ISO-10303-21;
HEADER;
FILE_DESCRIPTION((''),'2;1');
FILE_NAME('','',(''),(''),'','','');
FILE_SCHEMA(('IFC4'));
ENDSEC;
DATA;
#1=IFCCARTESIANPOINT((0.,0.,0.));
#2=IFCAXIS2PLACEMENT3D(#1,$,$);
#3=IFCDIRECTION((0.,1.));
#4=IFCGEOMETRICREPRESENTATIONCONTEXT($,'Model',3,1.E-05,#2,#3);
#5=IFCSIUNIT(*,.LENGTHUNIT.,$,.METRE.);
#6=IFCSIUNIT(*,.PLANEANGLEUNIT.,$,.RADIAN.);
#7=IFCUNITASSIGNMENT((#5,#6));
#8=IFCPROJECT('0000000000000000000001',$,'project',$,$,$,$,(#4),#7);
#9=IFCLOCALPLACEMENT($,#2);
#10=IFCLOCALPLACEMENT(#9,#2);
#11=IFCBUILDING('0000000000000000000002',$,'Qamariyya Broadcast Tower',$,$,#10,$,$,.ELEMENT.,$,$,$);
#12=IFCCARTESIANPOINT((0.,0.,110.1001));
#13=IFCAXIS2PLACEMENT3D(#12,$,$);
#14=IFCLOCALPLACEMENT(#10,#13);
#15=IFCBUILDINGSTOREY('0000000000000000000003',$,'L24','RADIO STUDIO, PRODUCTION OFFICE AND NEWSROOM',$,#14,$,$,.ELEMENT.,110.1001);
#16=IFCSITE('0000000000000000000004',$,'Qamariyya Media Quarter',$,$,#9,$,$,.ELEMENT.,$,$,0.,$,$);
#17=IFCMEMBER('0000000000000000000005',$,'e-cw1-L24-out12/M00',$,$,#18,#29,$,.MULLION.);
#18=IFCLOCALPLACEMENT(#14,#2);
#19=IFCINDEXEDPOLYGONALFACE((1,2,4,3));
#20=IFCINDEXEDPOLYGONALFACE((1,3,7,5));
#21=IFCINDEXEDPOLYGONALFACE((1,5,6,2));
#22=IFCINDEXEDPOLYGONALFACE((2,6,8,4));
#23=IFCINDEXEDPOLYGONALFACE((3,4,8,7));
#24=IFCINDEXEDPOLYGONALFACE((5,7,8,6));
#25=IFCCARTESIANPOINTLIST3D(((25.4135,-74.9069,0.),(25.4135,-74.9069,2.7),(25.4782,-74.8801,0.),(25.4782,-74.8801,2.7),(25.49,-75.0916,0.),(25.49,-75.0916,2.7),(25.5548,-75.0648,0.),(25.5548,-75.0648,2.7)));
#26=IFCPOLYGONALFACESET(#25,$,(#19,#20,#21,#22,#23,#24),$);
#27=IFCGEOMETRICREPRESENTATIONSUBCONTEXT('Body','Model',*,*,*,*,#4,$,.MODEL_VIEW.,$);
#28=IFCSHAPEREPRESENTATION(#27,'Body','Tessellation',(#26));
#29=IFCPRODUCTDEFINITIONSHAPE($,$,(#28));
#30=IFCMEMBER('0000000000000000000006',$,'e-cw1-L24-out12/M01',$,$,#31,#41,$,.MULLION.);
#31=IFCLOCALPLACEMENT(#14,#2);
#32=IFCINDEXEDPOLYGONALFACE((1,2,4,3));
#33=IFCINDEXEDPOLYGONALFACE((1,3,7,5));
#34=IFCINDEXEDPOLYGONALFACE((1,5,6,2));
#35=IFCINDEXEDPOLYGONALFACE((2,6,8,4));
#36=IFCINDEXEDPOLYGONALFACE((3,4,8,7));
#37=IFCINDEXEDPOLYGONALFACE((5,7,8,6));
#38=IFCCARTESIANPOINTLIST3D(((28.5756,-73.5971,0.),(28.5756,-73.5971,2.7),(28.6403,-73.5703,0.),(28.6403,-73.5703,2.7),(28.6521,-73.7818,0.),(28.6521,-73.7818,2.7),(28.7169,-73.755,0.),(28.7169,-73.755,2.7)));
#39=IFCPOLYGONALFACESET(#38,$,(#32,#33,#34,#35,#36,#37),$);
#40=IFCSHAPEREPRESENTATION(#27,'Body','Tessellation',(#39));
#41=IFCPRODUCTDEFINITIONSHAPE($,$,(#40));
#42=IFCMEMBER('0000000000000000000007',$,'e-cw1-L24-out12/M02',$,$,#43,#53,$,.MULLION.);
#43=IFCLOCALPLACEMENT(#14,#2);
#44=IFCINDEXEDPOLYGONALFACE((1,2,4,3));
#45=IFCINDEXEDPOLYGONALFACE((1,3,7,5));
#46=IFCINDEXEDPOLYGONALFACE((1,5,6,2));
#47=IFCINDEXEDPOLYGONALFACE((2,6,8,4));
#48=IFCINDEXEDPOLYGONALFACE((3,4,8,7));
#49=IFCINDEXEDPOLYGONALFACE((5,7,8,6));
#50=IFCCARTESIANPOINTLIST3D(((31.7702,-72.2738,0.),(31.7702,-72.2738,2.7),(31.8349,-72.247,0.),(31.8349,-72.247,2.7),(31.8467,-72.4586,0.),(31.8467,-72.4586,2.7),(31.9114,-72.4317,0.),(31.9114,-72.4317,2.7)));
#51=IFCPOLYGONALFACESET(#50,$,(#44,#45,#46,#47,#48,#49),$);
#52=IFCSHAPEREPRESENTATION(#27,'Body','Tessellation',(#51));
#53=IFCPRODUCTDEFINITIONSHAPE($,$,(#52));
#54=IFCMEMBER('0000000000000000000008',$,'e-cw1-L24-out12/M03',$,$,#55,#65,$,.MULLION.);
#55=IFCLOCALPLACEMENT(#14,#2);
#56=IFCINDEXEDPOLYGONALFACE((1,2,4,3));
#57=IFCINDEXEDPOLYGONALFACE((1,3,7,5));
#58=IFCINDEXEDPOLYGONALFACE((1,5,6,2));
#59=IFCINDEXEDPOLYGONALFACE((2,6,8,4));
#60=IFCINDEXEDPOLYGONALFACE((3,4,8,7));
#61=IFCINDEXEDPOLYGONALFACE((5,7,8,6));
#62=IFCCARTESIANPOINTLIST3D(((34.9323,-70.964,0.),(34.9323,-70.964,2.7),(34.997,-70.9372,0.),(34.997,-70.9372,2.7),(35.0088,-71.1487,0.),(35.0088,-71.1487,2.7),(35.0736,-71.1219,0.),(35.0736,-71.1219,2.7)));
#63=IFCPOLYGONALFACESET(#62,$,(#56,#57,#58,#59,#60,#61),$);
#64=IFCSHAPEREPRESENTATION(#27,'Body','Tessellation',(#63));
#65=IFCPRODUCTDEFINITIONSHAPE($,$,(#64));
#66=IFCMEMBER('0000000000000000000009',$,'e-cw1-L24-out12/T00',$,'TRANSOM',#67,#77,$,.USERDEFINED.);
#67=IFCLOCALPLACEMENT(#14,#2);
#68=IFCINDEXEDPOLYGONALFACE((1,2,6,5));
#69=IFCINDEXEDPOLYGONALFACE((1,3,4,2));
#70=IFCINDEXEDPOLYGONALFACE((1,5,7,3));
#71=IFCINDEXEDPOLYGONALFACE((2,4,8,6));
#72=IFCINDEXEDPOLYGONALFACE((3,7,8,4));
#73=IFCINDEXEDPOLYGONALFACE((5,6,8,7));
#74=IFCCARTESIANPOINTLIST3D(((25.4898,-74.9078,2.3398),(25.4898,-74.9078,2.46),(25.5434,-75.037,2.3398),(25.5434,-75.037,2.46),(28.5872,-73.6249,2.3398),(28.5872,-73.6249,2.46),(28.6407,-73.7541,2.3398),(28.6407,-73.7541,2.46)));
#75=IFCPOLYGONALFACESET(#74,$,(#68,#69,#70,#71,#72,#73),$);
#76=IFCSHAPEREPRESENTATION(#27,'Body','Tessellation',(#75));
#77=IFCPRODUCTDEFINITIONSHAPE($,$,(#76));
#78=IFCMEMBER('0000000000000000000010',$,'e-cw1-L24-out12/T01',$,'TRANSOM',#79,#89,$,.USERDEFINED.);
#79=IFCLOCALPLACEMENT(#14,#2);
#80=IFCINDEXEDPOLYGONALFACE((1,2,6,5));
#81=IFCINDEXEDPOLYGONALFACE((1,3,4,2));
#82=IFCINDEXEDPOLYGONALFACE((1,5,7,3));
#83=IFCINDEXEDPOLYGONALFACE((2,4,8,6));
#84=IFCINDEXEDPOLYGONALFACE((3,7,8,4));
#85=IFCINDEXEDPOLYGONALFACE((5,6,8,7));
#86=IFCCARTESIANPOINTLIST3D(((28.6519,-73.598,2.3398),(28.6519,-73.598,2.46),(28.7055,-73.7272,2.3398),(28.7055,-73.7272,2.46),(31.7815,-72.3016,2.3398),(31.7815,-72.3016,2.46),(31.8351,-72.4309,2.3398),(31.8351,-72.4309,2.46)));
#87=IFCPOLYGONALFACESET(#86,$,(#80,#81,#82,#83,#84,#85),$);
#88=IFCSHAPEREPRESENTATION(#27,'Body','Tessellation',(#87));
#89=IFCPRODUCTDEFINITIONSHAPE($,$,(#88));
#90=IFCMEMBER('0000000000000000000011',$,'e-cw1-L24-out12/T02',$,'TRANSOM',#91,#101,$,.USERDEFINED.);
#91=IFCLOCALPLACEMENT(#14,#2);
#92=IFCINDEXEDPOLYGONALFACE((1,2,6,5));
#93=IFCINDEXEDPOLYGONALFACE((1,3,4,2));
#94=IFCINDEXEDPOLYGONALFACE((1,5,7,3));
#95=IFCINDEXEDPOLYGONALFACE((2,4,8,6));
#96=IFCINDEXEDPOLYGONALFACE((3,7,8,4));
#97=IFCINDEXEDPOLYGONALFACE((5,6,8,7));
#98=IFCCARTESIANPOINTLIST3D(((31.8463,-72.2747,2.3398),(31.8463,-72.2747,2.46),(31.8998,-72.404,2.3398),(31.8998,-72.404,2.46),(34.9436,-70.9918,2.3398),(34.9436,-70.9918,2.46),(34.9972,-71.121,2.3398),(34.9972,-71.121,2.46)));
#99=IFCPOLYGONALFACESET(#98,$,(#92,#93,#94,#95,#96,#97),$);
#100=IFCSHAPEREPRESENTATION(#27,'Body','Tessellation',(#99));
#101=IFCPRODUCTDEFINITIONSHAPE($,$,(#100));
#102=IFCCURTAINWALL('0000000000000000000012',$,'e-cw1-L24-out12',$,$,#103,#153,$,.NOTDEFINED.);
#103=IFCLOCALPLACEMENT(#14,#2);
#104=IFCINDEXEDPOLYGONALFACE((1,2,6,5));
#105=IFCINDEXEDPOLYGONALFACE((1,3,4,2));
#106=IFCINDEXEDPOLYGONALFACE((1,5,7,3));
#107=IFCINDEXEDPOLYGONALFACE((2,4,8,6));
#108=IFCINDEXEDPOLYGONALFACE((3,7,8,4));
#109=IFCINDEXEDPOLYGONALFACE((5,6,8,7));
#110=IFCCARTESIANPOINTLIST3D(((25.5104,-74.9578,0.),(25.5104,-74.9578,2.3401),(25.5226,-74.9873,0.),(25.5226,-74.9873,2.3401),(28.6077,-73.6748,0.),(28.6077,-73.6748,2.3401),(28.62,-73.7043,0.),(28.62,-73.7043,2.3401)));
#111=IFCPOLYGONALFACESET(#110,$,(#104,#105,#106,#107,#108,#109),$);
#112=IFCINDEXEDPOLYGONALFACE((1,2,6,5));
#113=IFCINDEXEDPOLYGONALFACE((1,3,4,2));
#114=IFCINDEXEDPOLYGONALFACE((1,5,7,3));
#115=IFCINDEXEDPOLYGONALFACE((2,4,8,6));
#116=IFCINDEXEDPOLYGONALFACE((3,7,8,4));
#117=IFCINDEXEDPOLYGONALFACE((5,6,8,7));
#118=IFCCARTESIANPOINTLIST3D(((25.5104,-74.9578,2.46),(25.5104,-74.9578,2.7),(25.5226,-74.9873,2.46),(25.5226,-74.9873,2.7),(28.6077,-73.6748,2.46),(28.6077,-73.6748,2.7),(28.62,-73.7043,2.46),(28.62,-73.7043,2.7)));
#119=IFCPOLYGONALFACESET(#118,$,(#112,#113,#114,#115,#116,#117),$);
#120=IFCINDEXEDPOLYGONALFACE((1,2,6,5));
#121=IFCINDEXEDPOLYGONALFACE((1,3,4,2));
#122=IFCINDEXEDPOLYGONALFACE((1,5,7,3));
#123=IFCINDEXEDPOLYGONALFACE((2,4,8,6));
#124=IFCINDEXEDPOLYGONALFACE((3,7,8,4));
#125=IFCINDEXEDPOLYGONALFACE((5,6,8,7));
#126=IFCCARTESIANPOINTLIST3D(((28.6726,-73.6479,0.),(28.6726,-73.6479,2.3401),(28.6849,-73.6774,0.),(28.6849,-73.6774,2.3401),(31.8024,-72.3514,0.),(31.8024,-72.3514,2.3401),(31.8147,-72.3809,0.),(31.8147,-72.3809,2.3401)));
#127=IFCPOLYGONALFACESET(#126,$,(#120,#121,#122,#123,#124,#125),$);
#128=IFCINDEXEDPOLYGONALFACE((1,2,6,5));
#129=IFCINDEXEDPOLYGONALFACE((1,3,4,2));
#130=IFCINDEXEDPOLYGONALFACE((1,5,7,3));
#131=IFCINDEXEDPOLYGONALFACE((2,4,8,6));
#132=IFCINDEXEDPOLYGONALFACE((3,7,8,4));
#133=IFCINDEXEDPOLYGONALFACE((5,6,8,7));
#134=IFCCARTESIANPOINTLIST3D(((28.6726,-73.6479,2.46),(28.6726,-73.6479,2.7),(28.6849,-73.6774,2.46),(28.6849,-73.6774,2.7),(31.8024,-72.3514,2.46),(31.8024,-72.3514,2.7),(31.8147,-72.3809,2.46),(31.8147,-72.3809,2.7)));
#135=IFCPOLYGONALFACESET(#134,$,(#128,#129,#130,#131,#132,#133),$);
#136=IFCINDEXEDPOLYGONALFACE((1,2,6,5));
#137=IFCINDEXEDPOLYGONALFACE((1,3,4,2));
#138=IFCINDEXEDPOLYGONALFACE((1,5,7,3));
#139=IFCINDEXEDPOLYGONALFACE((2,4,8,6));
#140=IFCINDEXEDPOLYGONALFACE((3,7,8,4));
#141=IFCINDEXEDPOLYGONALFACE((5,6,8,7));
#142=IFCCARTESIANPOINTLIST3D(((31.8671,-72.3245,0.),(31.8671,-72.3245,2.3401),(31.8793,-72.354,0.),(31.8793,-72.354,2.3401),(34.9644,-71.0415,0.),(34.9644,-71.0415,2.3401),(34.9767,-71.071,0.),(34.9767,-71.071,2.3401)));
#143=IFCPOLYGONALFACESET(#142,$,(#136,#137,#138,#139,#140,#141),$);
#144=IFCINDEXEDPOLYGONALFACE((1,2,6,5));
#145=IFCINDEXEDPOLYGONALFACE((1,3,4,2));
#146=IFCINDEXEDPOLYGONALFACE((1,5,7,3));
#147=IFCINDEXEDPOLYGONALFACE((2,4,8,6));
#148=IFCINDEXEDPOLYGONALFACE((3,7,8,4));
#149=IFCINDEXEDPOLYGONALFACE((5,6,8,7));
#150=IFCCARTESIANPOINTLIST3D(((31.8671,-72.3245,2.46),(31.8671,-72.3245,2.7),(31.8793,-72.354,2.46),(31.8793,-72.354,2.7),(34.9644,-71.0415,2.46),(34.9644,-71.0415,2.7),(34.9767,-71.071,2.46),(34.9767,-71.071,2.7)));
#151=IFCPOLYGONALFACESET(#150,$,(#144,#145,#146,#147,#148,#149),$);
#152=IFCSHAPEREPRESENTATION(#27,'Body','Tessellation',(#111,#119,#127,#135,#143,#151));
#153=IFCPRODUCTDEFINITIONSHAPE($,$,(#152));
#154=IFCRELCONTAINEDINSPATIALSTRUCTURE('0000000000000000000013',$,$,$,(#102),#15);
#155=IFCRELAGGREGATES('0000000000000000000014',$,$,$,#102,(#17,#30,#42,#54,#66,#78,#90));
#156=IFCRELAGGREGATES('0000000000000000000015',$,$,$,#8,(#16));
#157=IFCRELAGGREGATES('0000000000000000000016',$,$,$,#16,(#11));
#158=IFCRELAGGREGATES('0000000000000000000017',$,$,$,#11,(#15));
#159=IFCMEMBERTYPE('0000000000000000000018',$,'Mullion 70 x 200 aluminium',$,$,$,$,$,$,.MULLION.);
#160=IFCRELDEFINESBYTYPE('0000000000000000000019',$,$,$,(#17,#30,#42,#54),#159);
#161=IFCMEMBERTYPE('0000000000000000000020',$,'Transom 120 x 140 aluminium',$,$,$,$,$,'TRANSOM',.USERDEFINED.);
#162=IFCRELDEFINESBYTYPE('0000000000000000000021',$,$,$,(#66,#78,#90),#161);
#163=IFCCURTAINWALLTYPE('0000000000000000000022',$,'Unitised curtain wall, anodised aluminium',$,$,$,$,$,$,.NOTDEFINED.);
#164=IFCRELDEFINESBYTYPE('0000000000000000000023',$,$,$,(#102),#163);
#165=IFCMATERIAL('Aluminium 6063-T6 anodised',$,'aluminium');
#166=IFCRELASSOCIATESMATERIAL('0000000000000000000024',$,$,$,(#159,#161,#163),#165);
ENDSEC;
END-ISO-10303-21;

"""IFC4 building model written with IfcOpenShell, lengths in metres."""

from ifc_helpers import new_model, si_unit, direction, frame, origin, origin_2d, place, context, subcontext, project, spatial, rectangle, extrude, material, material_profile, profile_set, type_object, element, aggregate, save


model = new_model("IFC4")

# Units and contexts
model_context = context("Model", 3, precision=1e-05, world=origin(), true_north=direction((0.0, 1.0)))
body_context = subcontext(model_context, "Body", "Model", "MODEL_VIEW")
ifc_project = project(units=[si_unit("LENGTHUNIT", "METRE"), si_unit("PLANEANGLEUNIT", "RADIAN")], contexts=[model_context])

# Members
ifc_material = material(Name="Aluminium 6063-T6 anodised", Category="aluminium")
ifc_material_profile_1 = material_profile(ifc_material, rectangle(XDim=0.2, YDim=0.0701, at=origin_2d()))
ifc_profile_set_1 = profile_set([ifc_material_profile_1], Name="Aluminium 6063-T6 anodised")
member_type_1 = type_object("IfcMemberType", Name="Mullion 70 x 200 aluminium", PredefinedType="MULLION", material=ifc_profile_set_1)
site_placement = place(None, origin())
building_placement = place(site_placement, origin())
storey_placement = place(building_placement, frame((0.0, 0.0, 110.1001)))
member_1_placement = place(storey_placement, frame((25.4841, -74.9858, 0.0), z_axis=(0.0, 0.0, 1.0), x_axis=(-0.382683, 0.92388, 0.0)))
member_1 = element("IfcMember", 1, at=member_1_placement, type_object=member_type_1, Name="e-cw1-L24-out12/M00", PredefinedType="MULLION", context=body_context, shape_type="SweptSolid", body=[
    extrude(rectangle(XDim=0.2, YDim=0.0701, at=origin_2d()), origin(), (0.0, 0.0, 1.0), 2.7),
])
member_2_placement = place(storey_placement, frame((28.6462, -73.676, 0.0), z_axis=(0.0, 0.0, 1.0), x_axis=(-0.382683, 0.92388, 0.0)))
member_2 = element("IfcMember", 2, at=member_2_placement, type_object=member_type_1, Name="e-cw1-L24-out12/M01", PredefinedType="MULLION", context=body_context, shape_type="SweptSolid", body=[
    extrude(rectangle(XDim=0.2, YDim=0.0701, at=origin_2d()), origin(), (0.0, 0.0, 1.0), 2.7),
])
member_3_placement = place(storey_placement, frame((31.8408, -72.3528, 0.0), z_axis=(0.0, 0.0, 1.0), x_axis=(-0.382683, 0.92388, 0.0)))
member_3 = element("IfcMember", 3, at=member_3_placement, type_object=member_type_1, Name="e-cw1-L24-out12/M02", PredefinedType="MULLION", context=body_context, shape_type="SweptSolid", body=[
    extrude(rectangle(XDim=0.2, YDim=0.0701, at=origin_2d()), origin(), (0.0, 0.0, 1.0), 2.7),
])
member_4_placement = place(storey_placement, frame((35.0029, -71.043, 0.0), z_axis=(0.0, 0.0, 1.0), x_axis=(-0.382683, 0.92388, 0.0)))
member_4 = element("IfcMember", 4, at=member_4_placement, type_object=member_type_1, Name="e-cw1-L24-out12/M03", PredefinedType="MULLION", context=body_context, shape_type="SweptSolid", body=[
    extrude(rectangle(XDim=0.2, YDim=0.0701, at=origin_2d()), origin(), (0.0, 0.0, 1.0), 2.7),
])
ifc_material_profile_2 = material_profile(ifc_material, rectangle(XDim=0.1399, YDim=0.1201, at=origin_2d()))
ifc_profile_set_2 = profile_set([ifc_material_profile_2], Name="Aluminium 6063-T6 anodised")
member_type_2 = type_object("IfcMemberType", Name="Transom 120 x 140 aluminium", ElementType="TRANSOM", PredefinedType="USERDEFINED", material=ifc_profile_set_2)
member_5_placement = place(storey_placement, frame((25.5166, -74.9724, 2.3999), z_axis=(0.923883, 0.382676, 0.0), x_axis=(-0.382676, 0.923883, 0.0)))
member_5 = element("IfcMember", 5, at=member_5_placement, type_object=member_type_2, Name="e-cw1-L24-out12/T00", ObjectType="TRANSOM", PredefinedType="USERDEFINED", context=body_context, shape_type="SweptSolid", body=[
    extrude(rectangle(XDim=0.1399, YDim=0.1201, at=origin_2d()), origin(), (0.0, 0.0, 1.0), 3.3525),
])
member_6_placement = place(storey_placement, frame((28.6787, -73.6626, 2.3999), z_axis=(0.923875, 0.382696, 0.0), x_axis=(-0.382696, 0.923875, 0.0)))
member_6 = element("IfcMember", 6, at=member_6_placement, type_object=member_type_2, Name="e-cw1-L24-out12/T01", ObjectType="TRANSOM", PredefinedType="USERDEFINED", context=body_context, shape_type="SweptSolid", body=[
    extrude(rectangle(XDim=0.1399, YDim=0.1201, at=origin_2d()), origin(), (0.0, 0.0, 1.0), 3.3875),
])
member_7_placement = place(storey_placement, frame((31.873, -72.3394, 2.3999), z_axis=(0.923883, 0.382676, 0.0), x_axis=(-0.382676, 0.923883, 0.0)))
member_7 = element("IfcMember", 7, at=member_7_placement, type_object=member_type_2, Name="e-cw1-L24-out12/T02", ObjectType="TRANSOM", PredefinedType="USERDEFINED", context=body_context, shape_type="SweptSolid", body=[
    extrude(rectangle(XDim=0.1399, YDim=0.1201, at=origin_2d()), origin(), (0.0, 0.0, 1.0), 3.3525),
])

# Site, building, storey
site = spatial("IfcSite", under=ifc_project, at=site_placement, Name="Qamariyya Media Quarter", CompositionType="ELEMENT", RefElevation=0.0)
building = spatial("IfcBuilding", under=site, at=building_placement, Name="Qamariyya Broadcast Tower", CompositionType="ELEMENT")
storey = spatial("IfcBuildingStorey", under=building, at=storey_placement, Name="L24", Description="RADIO STUDIO, PRODUCTION OFFICE AND NEWSROOM", CompositionType="ELEMENT", Elevation=110.1001)

# Curtain wall
curtain_wall_type = type_object("IfcCurtainWallType", Name="Unitised curtain wall, anodised aluminium", PredefinedType="NOTDEFINED", material=ifc_material)
curtain_wall_1_placement = place(storey_placement, origin())
curtain_wall_1 = element("IfcCurtainWall", 8, at=curtain_wall_1_placement, inside=storey, type_object=curtain_wall_type, Name="e-cw1-L24-out12", PredefinedType="NOTDEFINED", context=body_context, shape_type="SweptSolid", body=[
    extrude(rectangle(XDim=3.3525, YDim=0.032, at=origin_2d()), frame((27.0652, -74.3311, 0.0), x_axis=(0.923872, 0.382701, 0.0)), (0.0, 0.0, 1.0), 2.3401),
    extrude(rectangle(XDim=3.3525, YDim=0.032, at=origin_2d()), frame((27.0652, -74.3311, 2.46), x_axis=(0.923872, 0.382701, 0.0)), (0.0, 0.0, 1.0), 0.24),
    extrude(rectangle(XDim=3.3877, YDim=0.032, at=origin_2d()), frame((30.2437, -73.0144, 0.0), x_axis=(0.923872, 0.382701, 0.0)), (0.0, 0.0, 1.0), 2.3401),
    extrude(rectangle(XDim=3.3877, YDim=0.032, at=origin_2d()), frame((30.2437, -73.0144, 2.46), x_axis=(0.923872, 0.382701, 0.0)), (0.0, 0.0, 1.0), 0.24),
    extrude(rectangle(XDim=3.3525, YDim=0.032, at=origin_2d()), frame((33.4219, -71.6978, 0.0), x_axis=(0.923872, 0.382701, 0.0)), (0.0, 0.0, 1.0), 2.3401),
    extrude(rectangle(XDim=3.3525, YDim=0.032, at=origin_2d()), frame((33.4219, -71.6978, 2.46), x_axis=(0.923872, 0.382701, 0.0)), (0.0, 0.0, 1.0), 0.24),
])
aggregate(curtain_wall_1, [member_1, member_2, member_3, member_4, member_5, member_6, member_7])

save(model, "model.ifc")
